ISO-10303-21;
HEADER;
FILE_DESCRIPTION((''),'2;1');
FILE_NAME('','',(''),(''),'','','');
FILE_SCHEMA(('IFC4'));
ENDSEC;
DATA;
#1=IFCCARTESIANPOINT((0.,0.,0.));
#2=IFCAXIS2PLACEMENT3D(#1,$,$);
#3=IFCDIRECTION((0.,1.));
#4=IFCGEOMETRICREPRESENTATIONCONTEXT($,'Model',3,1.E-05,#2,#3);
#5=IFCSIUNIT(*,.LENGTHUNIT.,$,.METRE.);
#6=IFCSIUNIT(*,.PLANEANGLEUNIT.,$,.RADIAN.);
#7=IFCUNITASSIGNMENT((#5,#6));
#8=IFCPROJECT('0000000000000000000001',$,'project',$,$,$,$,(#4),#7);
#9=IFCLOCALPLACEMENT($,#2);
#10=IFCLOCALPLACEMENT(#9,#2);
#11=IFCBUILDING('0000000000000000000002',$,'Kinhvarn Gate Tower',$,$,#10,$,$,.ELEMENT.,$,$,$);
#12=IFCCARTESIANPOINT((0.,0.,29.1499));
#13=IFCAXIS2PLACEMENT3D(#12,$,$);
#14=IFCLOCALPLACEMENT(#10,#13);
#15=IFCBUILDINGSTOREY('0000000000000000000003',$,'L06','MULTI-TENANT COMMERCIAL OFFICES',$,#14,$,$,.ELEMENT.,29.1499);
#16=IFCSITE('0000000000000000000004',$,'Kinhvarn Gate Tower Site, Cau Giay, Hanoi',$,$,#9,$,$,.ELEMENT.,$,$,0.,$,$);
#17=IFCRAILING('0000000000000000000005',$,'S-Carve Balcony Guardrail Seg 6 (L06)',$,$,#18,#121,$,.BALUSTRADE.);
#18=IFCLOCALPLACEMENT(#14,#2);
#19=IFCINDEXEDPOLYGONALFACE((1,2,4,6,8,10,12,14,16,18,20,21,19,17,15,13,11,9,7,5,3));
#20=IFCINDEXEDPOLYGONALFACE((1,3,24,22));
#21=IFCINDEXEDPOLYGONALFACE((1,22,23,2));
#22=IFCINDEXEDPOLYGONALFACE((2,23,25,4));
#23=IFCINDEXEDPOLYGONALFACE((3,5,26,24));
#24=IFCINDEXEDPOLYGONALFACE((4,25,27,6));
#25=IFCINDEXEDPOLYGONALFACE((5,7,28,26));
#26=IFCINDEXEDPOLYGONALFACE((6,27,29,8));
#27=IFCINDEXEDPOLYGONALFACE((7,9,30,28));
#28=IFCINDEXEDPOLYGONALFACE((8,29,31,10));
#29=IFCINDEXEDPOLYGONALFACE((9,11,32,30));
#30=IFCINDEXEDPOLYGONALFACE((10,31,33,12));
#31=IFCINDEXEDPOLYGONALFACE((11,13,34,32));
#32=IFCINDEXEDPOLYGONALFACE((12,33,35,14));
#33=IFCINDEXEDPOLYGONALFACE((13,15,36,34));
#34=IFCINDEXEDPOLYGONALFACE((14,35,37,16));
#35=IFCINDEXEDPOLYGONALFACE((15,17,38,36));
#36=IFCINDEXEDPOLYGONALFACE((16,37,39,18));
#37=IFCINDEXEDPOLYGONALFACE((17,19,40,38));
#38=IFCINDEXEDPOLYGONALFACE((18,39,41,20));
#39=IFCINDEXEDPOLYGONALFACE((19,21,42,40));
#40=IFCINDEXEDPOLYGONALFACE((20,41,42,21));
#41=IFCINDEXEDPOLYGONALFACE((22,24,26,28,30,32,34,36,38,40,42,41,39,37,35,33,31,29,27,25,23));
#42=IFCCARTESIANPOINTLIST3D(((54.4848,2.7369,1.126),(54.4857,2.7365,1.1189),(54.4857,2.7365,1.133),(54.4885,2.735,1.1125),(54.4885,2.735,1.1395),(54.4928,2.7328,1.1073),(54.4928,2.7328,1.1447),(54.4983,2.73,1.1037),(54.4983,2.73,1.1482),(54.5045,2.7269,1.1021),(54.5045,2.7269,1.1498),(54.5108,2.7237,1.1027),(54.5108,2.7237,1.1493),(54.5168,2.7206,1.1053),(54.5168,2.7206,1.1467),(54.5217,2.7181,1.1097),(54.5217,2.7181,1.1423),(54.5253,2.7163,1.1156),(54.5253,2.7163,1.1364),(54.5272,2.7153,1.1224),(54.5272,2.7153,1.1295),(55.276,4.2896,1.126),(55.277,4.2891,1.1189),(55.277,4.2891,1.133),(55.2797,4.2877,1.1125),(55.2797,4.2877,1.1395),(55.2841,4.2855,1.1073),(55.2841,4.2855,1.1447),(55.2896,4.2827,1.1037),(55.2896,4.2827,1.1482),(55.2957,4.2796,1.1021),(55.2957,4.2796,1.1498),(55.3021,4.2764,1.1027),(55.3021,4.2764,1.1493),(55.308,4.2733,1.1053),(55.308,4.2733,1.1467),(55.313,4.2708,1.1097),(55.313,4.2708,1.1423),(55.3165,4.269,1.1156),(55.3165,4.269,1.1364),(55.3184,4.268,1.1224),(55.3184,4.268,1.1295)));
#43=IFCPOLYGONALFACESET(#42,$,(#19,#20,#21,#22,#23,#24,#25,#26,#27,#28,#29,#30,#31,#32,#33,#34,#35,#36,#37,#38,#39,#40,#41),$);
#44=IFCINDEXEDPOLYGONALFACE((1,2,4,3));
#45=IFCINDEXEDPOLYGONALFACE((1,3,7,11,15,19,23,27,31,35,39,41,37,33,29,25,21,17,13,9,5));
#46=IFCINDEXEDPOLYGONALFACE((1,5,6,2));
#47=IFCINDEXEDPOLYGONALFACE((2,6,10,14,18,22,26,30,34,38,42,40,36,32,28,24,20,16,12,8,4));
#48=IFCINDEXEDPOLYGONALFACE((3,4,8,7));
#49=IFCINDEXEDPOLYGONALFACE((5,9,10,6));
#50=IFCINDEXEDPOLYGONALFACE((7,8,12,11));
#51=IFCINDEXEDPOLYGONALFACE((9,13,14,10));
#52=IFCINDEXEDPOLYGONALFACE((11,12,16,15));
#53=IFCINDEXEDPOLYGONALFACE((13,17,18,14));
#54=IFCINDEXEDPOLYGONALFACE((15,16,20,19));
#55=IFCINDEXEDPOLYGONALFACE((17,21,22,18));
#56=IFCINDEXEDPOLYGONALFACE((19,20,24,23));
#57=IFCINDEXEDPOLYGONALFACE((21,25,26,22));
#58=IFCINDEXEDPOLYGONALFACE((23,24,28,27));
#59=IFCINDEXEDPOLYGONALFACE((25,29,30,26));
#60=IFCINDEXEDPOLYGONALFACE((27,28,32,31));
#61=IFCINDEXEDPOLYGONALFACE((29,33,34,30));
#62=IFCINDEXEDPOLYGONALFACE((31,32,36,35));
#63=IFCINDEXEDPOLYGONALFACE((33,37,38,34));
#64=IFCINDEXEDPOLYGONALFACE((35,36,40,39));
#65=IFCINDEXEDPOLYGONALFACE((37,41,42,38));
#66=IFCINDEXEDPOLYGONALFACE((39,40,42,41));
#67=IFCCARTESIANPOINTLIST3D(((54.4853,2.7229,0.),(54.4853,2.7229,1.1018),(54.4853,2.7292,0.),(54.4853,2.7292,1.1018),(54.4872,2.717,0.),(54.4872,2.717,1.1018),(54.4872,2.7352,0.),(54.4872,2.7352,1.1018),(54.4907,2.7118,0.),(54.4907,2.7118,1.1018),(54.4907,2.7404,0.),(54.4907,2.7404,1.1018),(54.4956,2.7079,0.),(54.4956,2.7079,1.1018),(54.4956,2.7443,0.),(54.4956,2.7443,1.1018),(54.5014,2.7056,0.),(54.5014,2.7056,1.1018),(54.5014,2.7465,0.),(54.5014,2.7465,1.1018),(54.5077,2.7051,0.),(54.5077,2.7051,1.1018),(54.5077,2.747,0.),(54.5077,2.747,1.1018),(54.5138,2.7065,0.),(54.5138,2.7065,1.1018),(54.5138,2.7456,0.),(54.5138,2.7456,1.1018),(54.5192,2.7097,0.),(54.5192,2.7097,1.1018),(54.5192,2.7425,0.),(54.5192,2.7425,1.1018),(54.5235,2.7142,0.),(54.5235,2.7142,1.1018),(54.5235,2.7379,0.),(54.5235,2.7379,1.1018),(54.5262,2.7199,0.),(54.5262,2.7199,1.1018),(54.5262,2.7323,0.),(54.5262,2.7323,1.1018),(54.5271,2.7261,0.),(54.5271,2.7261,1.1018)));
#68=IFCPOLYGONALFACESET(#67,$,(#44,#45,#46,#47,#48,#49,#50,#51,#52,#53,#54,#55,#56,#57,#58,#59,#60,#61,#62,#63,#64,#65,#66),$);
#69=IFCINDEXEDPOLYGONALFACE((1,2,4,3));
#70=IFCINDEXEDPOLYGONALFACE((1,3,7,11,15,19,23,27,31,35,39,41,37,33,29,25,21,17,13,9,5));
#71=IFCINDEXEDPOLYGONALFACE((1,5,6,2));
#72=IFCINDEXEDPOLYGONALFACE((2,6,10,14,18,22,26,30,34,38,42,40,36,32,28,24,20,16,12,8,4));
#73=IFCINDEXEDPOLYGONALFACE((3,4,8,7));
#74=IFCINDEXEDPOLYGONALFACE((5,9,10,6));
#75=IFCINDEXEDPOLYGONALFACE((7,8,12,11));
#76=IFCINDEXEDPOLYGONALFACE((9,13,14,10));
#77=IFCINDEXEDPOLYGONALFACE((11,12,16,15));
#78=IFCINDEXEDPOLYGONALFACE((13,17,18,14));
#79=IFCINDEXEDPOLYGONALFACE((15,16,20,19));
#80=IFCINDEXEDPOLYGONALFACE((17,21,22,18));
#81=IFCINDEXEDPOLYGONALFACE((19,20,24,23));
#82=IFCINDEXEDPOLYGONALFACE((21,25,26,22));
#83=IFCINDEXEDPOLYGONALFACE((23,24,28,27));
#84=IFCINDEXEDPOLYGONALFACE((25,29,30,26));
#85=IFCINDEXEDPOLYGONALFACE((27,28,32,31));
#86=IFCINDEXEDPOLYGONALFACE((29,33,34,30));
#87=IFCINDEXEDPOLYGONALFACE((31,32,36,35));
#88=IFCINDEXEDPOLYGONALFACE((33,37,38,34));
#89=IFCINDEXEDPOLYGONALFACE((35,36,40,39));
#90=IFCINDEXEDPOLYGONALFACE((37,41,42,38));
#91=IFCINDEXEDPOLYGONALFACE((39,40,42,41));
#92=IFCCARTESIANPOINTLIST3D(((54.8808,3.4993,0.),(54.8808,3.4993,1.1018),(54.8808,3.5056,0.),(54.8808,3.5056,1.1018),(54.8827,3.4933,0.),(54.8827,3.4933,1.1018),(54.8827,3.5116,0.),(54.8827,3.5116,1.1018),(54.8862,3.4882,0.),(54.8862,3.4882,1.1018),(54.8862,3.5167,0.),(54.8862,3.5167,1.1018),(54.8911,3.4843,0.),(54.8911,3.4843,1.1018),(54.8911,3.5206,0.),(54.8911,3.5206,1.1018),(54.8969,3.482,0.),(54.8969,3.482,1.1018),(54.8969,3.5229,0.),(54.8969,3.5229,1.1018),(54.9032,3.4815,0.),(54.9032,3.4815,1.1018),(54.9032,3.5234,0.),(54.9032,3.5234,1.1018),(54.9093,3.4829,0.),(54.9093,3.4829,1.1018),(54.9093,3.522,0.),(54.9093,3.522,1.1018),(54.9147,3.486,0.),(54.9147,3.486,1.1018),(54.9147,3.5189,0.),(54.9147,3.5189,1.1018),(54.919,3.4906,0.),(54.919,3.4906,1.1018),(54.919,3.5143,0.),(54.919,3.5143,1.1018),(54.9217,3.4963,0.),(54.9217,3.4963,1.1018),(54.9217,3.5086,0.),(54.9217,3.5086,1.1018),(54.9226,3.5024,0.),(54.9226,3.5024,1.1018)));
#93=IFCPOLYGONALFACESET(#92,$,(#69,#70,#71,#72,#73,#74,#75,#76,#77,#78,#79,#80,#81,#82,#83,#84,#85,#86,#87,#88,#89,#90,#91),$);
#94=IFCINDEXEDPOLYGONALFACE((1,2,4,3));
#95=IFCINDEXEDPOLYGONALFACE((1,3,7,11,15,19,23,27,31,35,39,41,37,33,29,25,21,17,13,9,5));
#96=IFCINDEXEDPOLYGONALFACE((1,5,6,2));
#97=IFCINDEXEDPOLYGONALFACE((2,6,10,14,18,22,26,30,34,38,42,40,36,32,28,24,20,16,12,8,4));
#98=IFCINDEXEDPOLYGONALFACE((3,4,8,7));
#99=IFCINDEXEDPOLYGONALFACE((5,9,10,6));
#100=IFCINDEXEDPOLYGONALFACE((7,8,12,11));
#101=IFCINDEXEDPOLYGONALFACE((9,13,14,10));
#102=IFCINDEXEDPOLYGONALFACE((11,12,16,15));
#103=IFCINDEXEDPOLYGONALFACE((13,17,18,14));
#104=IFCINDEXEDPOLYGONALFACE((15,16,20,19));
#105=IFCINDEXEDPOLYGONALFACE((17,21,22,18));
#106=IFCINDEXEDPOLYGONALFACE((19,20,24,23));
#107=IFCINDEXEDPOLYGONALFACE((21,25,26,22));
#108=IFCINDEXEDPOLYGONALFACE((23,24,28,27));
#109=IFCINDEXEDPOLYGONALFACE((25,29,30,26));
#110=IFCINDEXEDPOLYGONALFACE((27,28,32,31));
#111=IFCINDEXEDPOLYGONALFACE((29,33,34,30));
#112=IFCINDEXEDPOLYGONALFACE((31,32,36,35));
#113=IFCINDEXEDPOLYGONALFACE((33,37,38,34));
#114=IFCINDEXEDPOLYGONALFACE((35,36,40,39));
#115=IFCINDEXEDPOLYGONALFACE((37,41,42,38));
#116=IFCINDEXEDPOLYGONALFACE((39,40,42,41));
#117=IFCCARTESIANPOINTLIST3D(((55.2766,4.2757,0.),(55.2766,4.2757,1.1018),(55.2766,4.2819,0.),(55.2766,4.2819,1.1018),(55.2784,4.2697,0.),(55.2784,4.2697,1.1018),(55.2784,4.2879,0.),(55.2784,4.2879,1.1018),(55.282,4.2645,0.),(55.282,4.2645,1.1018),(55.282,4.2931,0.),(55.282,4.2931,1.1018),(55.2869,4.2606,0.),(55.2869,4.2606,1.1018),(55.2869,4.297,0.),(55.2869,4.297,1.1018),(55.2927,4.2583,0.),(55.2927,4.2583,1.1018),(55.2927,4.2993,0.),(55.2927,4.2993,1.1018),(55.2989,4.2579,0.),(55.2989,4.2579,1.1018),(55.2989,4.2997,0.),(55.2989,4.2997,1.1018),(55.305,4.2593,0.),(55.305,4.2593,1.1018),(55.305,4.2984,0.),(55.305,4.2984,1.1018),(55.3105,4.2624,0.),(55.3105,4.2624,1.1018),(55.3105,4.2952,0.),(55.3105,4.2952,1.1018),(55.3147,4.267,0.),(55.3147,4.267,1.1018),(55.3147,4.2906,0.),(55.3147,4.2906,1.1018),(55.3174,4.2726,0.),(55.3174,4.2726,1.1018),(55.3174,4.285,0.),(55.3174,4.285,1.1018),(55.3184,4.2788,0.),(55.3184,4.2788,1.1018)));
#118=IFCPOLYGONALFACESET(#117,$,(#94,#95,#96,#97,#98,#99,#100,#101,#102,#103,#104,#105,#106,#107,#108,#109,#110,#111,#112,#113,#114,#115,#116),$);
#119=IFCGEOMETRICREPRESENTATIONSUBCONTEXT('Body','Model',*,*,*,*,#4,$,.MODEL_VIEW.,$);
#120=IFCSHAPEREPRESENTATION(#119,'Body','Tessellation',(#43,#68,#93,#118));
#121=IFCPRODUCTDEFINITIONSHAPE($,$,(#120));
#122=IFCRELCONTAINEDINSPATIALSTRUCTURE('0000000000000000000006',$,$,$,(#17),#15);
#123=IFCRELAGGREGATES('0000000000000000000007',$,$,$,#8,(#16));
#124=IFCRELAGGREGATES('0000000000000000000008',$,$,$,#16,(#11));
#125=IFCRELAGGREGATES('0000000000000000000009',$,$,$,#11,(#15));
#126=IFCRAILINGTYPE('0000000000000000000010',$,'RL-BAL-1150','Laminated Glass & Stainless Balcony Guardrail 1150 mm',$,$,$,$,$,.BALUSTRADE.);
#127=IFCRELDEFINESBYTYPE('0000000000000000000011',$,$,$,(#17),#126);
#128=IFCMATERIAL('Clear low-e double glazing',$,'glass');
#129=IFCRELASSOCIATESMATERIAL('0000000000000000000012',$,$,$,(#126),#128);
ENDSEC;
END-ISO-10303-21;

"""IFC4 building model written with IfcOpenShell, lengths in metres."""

from ifc_helpers import new_model, si_unit, direction, frame, origin, origin_2d, place, context, subcontext, project, spatial, circle, extrude, material, type_object, element, save


model = new_model("IFC4")

# Units and contexts
model_context = context("Model", 3, precision=1e-05, world=origin(), true_north=direction((0.0, 1.0)))
body_context = subcontext(model_context, "Body", "Model", "MODEL_VIEW")
ifc_project = project(units=[si_unit("LENGTHUNIT", "METRE"), si_unit("PLANEANGLEUNIT", "RADIAN")], contexts=[model_context])

# Site, building, storey
site_placement = place(None, origin())
site = spatial("IfcSite", under=ifc_project, at=site_placement, Name="Kinhvarn Gate Tower Site, Cau Giay, Hanoi", CompositionType="ELEMENT", RefElevation=0.0)
building_placement = place(site_placement, origin())
building = spatial("IfcBuilding", under=site, at=building_placement, Name="Kinhvarn Gate Tower", CompositionType="ELEMENT")
storey_placement = place(building_placement, frame((0.0, 0.0, 29.1499)))
storey = spatial("IfcBuildingStorey", under=building, at=storey_placement, Name="L06", Description="MULTI-TENANT COMMERCIAL OFFICES", CompositionType="ELEMENT", Elevation=29.1499)

# Shared definitions
ifc_material_1 = material(Name="Clear low-e double glazing", Category="glass")

# Railing
railing_type = type_object("IfcRailingType", Name="RL-BAL-1150", Description="Laminated Glass & Stainless Balcony Guardrail 1150 mm", PredefinedType="BALUSTRADE", material=ifc_material_1)
railing_1_placement = place(storey_placement, frame((54.5061, 2.7261, 0.0)))
element("IfcRailing", 1, at=railing_1_placement, inside=storey, type_object=railing_type, Name="S-Carve Balcony Guardrail Seg 6 (L06)", PredefinedType="BALUSTRADE", context=body_context, shape_type="SweptSolid", body=[
    extrude(circle(Radius=0.0239, at=origin_2d()), frame((0.0, 0.0, 1.126), z_axis=(0.454037, 0.890983, 0.0), x_axis=(-0.890983, 0.454037, 0.0)), (0.0, 0.0, 1.0), 1.7427),
    extrude(circle(Radius=0.021, at=origin_2d()), origin(), (0.0, 0.0, 1.0), 1.1018),
    extrude(circle(Radius=0.021, at=origin_2d()), frame((0.3955, 0.7764, 0.0)), (0.0, 0.0, 1.0), 1.1018),
    extrude(circle(Radius=0.021, at=origin_2d()), frame((0.7913, 1.5527, 0.0)), (0.0, 0.0, 1.0), 1.1018),
])

save(model, "model.ifc")
